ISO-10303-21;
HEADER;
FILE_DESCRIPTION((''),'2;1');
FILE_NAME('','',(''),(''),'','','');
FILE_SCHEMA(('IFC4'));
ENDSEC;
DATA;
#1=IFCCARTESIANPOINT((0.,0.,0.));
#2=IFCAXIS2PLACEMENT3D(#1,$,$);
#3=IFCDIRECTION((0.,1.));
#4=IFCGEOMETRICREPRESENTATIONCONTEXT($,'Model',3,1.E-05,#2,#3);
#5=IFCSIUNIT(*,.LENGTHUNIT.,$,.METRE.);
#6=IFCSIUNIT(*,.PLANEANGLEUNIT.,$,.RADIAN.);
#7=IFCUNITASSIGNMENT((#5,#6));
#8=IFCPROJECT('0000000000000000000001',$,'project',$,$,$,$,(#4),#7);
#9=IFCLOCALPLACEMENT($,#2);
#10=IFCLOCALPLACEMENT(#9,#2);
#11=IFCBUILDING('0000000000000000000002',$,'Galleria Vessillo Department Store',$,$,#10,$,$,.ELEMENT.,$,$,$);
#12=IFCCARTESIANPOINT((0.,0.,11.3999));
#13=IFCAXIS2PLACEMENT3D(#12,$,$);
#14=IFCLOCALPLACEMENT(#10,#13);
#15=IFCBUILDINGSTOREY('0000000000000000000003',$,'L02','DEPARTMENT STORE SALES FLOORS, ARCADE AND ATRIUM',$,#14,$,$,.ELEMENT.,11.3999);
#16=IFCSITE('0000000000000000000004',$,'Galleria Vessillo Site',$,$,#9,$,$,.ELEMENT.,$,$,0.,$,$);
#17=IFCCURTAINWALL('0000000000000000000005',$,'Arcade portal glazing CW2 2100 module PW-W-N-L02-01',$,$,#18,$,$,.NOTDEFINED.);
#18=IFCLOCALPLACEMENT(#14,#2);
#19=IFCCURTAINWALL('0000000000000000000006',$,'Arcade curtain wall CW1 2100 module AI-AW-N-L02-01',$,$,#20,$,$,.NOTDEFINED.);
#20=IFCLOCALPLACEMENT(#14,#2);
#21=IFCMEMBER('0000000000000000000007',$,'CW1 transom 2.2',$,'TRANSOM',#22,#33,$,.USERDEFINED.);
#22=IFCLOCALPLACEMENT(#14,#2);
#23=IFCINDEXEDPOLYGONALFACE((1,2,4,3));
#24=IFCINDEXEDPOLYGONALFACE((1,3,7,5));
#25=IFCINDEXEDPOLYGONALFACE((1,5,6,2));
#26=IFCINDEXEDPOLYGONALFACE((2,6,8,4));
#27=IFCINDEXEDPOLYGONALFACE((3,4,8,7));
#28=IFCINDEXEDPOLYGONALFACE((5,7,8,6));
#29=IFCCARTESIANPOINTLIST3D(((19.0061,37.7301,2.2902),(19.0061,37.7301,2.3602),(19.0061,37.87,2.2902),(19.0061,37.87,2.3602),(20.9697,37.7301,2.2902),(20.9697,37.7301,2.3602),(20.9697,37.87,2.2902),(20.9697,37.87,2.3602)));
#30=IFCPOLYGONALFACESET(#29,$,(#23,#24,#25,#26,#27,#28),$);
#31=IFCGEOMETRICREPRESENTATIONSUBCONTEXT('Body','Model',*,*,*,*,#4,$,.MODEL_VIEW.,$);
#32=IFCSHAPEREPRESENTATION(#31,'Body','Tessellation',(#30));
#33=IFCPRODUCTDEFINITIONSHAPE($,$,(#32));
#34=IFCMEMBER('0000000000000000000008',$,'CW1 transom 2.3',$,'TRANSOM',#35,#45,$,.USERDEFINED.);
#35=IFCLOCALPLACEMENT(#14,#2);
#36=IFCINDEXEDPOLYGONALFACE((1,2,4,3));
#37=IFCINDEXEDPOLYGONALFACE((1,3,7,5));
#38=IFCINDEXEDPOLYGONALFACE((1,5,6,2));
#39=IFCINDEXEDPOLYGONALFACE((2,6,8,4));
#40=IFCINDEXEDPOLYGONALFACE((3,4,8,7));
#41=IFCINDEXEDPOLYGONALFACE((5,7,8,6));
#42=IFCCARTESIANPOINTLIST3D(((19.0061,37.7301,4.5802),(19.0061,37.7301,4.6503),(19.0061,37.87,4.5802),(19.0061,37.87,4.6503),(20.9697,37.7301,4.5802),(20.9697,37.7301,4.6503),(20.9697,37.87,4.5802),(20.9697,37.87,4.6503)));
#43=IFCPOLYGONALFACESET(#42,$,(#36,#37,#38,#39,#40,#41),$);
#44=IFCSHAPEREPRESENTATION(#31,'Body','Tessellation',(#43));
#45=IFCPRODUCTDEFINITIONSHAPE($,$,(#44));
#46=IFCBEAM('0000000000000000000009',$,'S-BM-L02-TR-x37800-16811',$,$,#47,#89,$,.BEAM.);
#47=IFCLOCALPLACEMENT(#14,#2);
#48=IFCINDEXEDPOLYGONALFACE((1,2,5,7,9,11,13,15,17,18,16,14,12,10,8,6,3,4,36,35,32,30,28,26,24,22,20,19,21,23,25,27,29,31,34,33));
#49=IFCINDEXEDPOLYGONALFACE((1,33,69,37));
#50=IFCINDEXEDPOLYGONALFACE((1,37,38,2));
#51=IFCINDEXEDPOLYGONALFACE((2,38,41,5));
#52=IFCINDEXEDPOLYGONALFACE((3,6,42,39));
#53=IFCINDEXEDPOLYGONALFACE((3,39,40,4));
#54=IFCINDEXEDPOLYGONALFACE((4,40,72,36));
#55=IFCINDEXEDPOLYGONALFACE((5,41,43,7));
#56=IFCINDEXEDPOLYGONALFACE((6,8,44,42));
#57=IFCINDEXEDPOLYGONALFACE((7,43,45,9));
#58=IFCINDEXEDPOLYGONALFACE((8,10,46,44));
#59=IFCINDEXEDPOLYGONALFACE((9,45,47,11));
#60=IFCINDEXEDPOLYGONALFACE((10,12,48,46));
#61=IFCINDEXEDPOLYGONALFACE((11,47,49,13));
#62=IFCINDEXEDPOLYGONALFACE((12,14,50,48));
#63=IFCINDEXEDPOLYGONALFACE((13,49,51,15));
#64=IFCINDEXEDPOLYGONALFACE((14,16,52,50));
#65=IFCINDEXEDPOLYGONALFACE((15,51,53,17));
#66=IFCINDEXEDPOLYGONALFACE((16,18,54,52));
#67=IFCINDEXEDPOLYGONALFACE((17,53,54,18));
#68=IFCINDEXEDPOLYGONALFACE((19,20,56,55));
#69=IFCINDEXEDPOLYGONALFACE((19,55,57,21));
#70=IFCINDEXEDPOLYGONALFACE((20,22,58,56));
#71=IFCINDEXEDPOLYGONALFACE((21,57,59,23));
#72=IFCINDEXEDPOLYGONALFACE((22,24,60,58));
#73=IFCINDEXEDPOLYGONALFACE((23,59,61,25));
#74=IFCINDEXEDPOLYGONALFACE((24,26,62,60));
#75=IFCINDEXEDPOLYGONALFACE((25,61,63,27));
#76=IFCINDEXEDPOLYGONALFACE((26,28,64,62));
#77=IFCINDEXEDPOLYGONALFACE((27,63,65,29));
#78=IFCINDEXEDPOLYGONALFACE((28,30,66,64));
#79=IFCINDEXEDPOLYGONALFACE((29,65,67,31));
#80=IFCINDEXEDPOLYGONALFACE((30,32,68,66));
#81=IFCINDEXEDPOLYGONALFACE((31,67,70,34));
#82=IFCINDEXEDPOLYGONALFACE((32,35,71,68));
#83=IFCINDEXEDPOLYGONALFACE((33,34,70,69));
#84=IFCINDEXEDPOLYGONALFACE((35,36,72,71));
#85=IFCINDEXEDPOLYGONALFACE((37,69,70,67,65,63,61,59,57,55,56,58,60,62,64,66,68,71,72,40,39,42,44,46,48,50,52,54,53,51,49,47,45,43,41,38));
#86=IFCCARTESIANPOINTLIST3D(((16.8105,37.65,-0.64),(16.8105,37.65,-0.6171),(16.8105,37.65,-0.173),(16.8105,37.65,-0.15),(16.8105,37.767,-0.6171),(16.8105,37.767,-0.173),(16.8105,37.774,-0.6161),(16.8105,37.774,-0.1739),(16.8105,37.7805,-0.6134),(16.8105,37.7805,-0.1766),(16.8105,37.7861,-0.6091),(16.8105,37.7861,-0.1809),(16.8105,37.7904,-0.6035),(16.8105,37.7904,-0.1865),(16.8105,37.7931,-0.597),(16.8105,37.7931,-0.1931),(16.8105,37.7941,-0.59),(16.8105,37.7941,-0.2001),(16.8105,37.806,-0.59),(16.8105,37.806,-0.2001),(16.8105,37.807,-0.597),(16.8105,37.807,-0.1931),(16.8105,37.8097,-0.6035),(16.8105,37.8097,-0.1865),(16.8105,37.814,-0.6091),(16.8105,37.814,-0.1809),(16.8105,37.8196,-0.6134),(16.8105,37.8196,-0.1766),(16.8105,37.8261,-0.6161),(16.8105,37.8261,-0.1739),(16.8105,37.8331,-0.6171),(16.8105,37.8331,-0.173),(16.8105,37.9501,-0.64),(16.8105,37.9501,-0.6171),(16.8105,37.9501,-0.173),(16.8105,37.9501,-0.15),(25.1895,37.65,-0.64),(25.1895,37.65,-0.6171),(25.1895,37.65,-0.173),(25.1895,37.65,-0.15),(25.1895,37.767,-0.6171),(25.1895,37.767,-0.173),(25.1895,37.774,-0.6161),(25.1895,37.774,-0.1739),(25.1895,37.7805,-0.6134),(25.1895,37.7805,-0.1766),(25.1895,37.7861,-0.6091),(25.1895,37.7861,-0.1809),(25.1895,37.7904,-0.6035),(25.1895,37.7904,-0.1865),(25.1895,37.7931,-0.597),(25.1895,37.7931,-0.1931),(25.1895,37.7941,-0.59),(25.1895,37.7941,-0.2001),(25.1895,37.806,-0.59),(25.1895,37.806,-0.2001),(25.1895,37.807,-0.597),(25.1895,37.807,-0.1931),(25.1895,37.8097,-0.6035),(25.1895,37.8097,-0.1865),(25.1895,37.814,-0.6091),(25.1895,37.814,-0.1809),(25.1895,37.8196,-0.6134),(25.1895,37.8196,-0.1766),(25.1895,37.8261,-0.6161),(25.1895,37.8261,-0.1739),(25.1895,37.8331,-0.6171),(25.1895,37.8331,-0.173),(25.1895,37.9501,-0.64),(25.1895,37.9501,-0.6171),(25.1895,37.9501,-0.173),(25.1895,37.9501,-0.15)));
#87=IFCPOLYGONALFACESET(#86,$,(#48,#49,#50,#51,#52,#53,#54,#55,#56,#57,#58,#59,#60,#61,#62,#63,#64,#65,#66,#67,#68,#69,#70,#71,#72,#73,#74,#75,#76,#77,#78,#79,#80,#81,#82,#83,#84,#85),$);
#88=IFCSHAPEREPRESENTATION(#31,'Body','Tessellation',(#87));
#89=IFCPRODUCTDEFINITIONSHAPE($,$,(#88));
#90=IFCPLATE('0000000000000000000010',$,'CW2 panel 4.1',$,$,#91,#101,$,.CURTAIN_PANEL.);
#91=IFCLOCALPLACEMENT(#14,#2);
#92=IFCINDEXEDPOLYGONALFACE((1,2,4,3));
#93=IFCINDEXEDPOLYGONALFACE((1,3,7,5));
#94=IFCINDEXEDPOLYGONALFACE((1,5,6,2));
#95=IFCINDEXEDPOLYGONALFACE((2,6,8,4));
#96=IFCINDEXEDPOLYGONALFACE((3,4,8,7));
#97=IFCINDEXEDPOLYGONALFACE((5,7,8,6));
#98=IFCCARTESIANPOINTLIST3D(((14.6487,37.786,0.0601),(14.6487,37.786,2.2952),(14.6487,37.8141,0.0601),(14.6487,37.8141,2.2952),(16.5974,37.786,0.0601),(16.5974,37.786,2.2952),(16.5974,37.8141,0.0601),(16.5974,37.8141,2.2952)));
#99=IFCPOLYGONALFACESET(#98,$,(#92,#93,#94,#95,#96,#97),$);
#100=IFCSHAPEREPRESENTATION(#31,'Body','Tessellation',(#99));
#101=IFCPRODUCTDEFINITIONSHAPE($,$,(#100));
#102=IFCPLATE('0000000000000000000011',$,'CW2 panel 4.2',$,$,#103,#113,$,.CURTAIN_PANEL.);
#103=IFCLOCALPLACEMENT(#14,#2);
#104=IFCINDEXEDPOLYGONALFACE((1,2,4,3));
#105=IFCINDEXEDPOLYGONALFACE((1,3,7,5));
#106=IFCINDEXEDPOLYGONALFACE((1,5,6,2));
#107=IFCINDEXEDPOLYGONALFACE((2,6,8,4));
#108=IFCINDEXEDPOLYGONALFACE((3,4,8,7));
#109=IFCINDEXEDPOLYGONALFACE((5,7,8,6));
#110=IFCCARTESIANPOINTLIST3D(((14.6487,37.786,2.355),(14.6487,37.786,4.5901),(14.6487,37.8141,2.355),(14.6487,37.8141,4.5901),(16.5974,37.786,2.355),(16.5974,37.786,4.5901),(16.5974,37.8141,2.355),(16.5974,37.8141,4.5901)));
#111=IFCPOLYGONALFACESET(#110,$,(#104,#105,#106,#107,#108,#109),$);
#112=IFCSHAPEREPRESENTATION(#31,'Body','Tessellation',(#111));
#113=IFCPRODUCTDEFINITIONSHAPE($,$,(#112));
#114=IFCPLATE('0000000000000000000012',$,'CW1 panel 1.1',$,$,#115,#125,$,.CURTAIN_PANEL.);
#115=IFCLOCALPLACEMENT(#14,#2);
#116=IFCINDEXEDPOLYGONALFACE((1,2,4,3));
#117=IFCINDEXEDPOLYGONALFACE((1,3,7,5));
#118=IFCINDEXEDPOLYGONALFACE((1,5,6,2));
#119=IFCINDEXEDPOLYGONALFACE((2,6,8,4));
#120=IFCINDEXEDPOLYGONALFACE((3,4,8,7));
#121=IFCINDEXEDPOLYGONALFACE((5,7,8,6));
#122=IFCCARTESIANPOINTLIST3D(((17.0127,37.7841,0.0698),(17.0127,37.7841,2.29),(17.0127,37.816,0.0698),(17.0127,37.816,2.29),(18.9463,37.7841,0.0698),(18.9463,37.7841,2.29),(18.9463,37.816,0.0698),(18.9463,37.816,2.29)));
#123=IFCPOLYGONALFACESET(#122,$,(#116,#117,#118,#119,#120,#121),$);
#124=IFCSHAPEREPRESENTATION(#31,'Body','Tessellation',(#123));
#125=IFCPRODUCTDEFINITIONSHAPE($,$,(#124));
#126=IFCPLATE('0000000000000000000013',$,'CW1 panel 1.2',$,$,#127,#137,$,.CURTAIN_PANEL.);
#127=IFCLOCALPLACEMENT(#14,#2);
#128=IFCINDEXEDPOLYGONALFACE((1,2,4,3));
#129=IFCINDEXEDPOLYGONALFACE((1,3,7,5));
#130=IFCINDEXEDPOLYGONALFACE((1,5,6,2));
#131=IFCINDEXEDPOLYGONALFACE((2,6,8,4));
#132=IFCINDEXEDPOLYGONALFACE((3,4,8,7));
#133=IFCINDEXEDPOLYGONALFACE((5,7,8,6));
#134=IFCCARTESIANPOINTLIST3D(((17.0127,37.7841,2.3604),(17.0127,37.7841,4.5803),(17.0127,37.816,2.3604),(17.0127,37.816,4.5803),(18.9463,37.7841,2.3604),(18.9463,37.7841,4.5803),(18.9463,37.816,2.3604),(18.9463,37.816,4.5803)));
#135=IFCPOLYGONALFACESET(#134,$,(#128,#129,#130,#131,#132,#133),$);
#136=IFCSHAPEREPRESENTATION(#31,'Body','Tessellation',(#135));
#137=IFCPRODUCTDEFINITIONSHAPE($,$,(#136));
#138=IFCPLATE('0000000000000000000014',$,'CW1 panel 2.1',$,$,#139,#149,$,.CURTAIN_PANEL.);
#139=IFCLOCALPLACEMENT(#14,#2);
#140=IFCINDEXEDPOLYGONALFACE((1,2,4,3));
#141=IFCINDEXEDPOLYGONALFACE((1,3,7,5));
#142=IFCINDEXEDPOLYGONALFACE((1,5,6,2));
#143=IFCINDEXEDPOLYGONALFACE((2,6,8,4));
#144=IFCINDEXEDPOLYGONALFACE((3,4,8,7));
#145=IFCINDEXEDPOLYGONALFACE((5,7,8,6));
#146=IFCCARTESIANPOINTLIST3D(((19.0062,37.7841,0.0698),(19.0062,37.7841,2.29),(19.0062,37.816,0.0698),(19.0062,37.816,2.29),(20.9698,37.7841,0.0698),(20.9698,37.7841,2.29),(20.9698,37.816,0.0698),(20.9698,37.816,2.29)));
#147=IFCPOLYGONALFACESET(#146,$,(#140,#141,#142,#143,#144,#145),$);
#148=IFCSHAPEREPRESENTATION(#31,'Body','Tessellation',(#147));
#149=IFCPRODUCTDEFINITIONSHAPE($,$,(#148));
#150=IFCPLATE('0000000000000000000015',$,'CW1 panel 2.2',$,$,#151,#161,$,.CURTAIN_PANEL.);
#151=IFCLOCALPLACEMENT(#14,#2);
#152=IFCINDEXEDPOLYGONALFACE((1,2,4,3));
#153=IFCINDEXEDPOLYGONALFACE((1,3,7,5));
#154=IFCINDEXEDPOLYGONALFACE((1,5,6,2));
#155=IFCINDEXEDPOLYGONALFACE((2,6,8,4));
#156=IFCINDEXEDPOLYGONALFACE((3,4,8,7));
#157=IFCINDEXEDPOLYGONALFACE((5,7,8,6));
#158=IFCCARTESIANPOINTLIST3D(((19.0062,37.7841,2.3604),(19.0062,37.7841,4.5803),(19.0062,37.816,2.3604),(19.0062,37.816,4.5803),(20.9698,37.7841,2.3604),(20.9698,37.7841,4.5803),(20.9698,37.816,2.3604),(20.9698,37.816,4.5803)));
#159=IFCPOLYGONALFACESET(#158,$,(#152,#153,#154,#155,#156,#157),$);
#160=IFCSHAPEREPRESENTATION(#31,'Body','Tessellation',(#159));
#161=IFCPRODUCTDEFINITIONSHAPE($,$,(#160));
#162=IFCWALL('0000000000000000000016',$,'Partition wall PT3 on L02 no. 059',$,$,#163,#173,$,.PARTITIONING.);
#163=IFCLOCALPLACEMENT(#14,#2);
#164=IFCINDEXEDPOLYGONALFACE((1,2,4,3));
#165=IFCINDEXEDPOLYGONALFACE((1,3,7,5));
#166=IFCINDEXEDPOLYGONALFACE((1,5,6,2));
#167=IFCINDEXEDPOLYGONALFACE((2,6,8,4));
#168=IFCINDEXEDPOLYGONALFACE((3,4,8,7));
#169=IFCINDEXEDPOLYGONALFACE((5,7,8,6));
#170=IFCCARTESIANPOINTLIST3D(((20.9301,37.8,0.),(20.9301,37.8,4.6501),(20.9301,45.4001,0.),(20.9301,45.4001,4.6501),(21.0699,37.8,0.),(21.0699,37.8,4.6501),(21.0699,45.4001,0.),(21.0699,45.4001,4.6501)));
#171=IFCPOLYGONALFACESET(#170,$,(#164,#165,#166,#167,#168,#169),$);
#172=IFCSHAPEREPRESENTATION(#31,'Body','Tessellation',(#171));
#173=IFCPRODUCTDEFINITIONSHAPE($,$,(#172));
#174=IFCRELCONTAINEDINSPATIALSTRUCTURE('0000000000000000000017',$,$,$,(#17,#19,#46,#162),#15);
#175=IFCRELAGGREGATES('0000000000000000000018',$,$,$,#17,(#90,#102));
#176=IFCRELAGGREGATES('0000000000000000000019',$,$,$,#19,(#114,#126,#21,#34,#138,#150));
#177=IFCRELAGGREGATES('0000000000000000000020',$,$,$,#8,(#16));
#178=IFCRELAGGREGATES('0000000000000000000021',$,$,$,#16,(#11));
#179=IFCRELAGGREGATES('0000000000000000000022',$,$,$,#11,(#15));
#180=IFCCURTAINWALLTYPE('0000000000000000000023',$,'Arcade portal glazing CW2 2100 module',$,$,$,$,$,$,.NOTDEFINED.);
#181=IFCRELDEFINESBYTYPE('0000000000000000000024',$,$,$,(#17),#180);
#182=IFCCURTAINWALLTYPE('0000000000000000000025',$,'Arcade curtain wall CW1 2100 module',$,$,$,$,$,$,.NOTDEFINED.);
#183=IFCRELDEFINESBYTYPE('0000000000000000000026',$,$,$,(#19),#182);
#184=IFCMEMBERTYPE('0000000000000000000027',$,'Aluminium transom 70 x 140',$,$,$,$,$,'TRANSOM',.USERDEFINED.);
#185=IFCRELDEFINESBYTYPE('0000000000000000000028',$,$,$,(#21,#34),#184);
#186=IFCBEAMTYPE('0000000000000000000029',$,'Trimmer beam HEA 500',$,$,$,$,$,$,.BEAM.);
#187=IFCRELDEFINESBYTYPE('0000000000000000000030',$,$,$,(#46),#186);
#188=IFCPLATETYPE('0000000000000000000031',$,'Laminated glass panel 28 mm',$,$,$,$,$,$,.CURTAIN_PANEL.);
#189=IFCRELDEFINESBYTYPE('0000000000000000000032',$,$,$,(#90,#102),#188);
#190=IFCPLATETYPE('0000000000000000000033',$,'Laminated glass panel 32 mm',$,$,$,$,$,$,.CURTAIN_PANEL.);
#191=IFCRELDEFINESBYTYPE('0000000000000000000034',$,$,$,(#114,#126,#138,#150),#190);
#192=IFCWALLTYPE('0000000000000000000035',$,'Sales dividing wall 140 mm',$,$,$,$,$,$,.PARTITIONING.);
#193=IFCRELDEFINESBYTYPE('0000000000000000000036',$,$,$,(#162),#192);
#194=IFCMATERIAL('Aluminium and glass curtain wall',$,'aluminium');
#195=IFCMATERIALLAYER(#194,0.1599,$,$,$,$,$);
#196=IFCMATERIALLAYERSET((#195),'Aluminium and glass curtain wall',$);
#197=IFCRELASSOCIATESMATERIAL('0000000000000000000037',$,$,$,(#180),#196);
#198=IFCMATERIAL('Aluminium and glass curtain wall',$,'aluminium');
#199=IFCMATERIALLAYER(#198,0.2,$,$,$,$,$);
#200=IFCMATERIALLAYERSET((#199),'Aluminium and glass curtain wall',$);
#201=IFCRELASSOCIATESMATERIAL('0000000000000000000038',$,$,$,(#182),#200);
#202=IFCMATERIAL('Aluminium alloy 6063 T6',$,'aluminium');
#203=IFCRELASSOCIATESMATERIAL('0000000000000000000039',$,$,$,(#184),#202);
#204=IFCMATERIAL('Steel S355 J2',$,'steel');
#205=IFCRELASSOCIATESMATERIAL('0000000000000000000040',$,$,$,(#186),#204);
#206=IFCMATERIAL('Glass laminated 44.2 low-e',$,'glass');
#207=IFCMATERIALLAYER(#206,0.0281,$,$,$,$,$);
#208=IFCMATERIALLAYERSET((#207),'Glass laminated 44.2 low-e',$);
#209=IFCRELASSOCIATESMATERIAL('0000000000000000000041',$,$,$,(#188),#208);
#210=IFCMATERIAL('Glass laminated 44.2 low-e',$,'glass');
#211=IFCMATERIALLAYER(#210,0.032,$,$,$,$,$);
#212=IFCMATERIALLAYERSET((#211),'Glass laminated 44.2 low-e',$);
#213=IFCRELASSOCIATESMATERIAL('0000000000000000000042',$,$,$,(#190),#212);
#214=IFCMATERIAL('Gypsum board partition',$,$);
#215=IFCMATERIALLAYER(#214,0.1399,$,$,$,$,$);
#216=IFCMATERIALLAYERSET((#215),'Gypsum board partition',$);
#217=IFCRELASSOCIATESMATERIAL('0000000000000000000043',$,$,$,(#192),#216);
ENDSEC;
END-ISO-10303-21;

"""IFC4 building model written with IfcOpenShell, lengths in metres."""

from ifc_helpers import new_model, si_unit, direction, frame, frame_2d, origin, origin_2d, place, context, subcontext, project, spatial, rectangle, i_section, extrude, material, layer, layer_set, material_profile, profile_set, type_object, element, aggregate, save


model = new_model("IFC4")

# Units and contexts
model_context = context("Model", 3, precision=1e-05, world=origin(), true_north=direction((0.0, 1.0)))
body_context = subcontext(model_context, "Body", "Model", "MODEL_VIEW")
ifc_project = project(units=[si_unit("LENGTHUNIT", "METRE"), si_unit("PLANEANGLEUNIT", "RADIAN")], contexts=[model_context])

# Site, building, storey
site_placement = place(None, origin())
site = spatial("IfcSite", under=ifc_project, at=site_placement, Name="Galleria Vessillo Site", CompositionType="ELEMENT", RefElevation=0.0)
building_placement = place(site_placement, origin())
building = spatial("IfcBuilding", under=site, at=building_placement, Name="Galleria Vessillo Department Store", CompositionType="ELEMENT")
storey_placement = place(building_placement, frame((0.0, 0.0, 11.3999)))
storey = spatial("IfcBuildingStorey", under=building, at=storey_placement, Name="L02", Description="DEPARTMENT STORE SALES FLOORS, ARCADE AND ATRIUM", CompositionType="ELEMENT", Elevation=11.3999)

# Curtain wall
ifc_material_1 = material(Name="Aluminium and glass curtain wall", Category="aluminium")
ifc_layer_1 = layer(ifc_material_1, 0.1599)
ifc_layer_set_1 = layer_set([ifc_layer_1], Name="Aluminium and glass curtain wall")
curtain_wall_type_1 = type_object("IfcCurtainWallType", Name="Arcade portal glazing CW2 2100 module", PredefinedType="NOTDEFINED", material=ifc_layer_set_1)
curtain_wall_1_placement = place(storey_placement, origin())
curtain_wall_1 = element("IfcCurtainWall", 1, at=curtain_wall_1_placement, inside=storey, type_object=curtain_wall_type_1, Name="Arcade portal glazing CW2 2100 module PW-W-N-L02-01", PredefinedType="NOTDEFINED")

# Curtain wall
ifc_material_2 = material(Name="Aluminium and glass curtain wall", Category="aluminium")
ifc_layer_2 = layer(ifc_material_2, 0.2)
ifc_layer_set_2 = layer_set([ifc_layer_2], Name="Aluminium and glass curtain wall")
curtain_wall_type_2 = type_object("IfcCurtainWallType", Name="Arcade curtain wall CW1 2100 module", PredefinedType="NOTDEFINED", material=ifc_layer_set_2)
curtain_wall_2_placement = place(storey_placement, origin())
curtain_wall_2 = element("IfcCurtainWall", 2, at=curtain_wall_2_placement, inside=storey, type_object=curtain_wall_type_2, Name="Arcade curtain wall CW1 2100 module AI-AW-N-L02-01", PredefinedType="NOTDEFINED")

# Members
ifc_material_3 = material(Name="Aluminium alloy 6063 T6", Category="aluminium")
ifc_material_profile_1 = material_profile(ifc_material_3, rectangle(XDim=0.1399, YDim=0.0701, at=origin_2d()), Name="AL 70x140")
ifc_profile_set_1 = profile_set([ifc_material_profile_1], Name="Aluminium alloy 6063 T6")
member_type_1 = type_object("IfcMemberType", Name="Aluminium transom 70 x 140", ElementType="TRANSOM", PredefinedType="USERDEFINED", material=ifc_profile_set_1)
member_1_placement = place(storey_placement, frame((19.0061, 37.8, 2.3252), z_axis=(1.0, 0.0, 0.0), x_axis=(0.0, 1.0, 0.0)))
member_1 = element("IfcMember", 3, at=member_1_placement, type_object=member_type_1, Name="CW1 transom 2.2", ObjectType="TRANSOM", PredefinedType="USERDEFINED", context=body_context, shape_type="SweptSolid", body=[
    extrude(rectangle(XDim=0.1399, YDim=0.0701, at=origin_2d()), origin(), (0.0, 0.0, 1.0), 1.9636),
])
member_2_placement = place(storey_placement, frame((19.0061, 37.8, 4.6152), z_axis=(1.0, 0.0, 0.0), x_axis=(0.0, 1.0, 0.0)))
member_2 = element("IfcMember", 4, at=member_2_placement, type_object=member_type_1, Name="CW1 transom 2.3", ObjectType="TRANSOM", PredefinedType="USERDEFINED", context=body_context, shape_type="SweptSolid", body=[
    extrude(rectangle(XDim=0.1399, YDim=0.0701, at=origin_2d()), origin(), (0.0, 0.0, 1.0), 1.9636),
])

# Beam
ifc_material_4 = material(Name="Steel S355 J2", Category="steel")
ifc_material_profile_2 = material_profile(ifc_material_4, i_section(OverallWidth=0.3, OverallDepth=0.49, WebThickness=0.012, FlangeThickness=0.0229, FilletRadius=0.0271, at=origin_2d()), Name="HEA 500")
ifc_profile_set_2 = profile_set([ifc_material_profile_2], Name="Steel S355 J2")
beam_type = type_object("IfcBeamType", Name="Trimmer beam HEA 500", PredefinedType="BEAM", material=ifc_profile_set_2)
beam_placement = place(storey_placement, frame((16.8105, 37.8, -0.395), z_axis=(1.0, 0.0, 0.0), x_axis=(0.0, 1.0, 0.0)))
element("IfcBeam", 5, at=beam_placement, inside=storey, type_object=beam_type, Name="S-BM-L02-TR-x37800-16811", PredefinedType="BEAM", context=body_context, shape_type="SweptSolid", body=[
    extrude(i_section(OverallWidth=0.3, OverallDepth=0.49, WebThickness=0.012, FlangeThickness=0.0229, FilletRadius=0.0271, at=origin_2d()), origin(), (0.0, 0.0, 1.0), 8.3789),
])

# Plates
ifc_material_5 = material(Name="Glass laminated 44.2 low-e", Category="glass")
ifc_layer_3 = layer(ifc_material_5, 0.0281)
ifc_layer_set_3 = layer_set([ifc_layer_3], Name="Glass laminated 44.2 low-e")
plate_type_1 = type_object("IfcPlateType", Name="Laminated glass panel 28 mm", PredefinedType="CURTAIN_PANEL", material=ifc_layer_set_3)
plate_1_placement = place(storey_placement, frame((15.623, 37.8, 0.0601), z_axis=(0.0, 0.0, 1.0), x_axis=(1.0, 0.0, 0.0)))
plate_1 = element("IfcPlate", 6, at=plate_1_placement, type_object=plate_type_1, Name="CW2 panel 4.1", PredefinedType="CURTAIN_PANEL", context=body_context, shape_type="SweptSolid", body=[
    extrude(rectangle(XDim=1.9487, YDim=0.0281, at=origin_2d()), origin(), (0.0, 0.0, 1.0), 2.2351),
])
plate_2_placement = place(storey_placement, frame((15.623, 37.8, 2.355), z_axis=(0.0, 0.0, 1.0), x_axis=(1.0, 0.0, 0.0)))
plate_2 = element("IfcPlate", 7, at=plate_2_placement, type_object=plate_type_1, Name="CW2 panel 4.2", PredefinedType="CURTAIN_PANEL", context=body_context, shape_type="SweptSolid", body=[
    extrude(rectangle(XDim=1.9487, YDim=0.0281, at=origin_2d()), origin(), (0.0, 0.0, 1.0), 2.2351),
])
aggregate(curtain_wall_1, [plate_1, plate_2])
ifc_material_6 = material(Name="Glass laminated 44.2 low-e", Category="glass")
ifc_layer_4 = layer(ifc_material_6, 0.032)
ifc_layer_set_4 = layer_set([ifc_layer_4], Name="Glass laminated 44.2 low-e")
plate_type_2 = type_object("IfcPlateType", Name="Laminated glass panel 32 mm", PredefinedType="CURTAIN_PANEL", material=ifc_layer_set_4)
plate_3_placement = place(storey_placement, frame((17.9795, 37.8, 0.0698), z_axis=(0.0, 0.0, 1.0), x_axis=(1.0, 0.0, 0.0)))
plate_3 = element("IfcPlate", 8, at=plate_3_placement, type_object=plate_type_2, Name="CW1 panel 1.1", PredefinedType="CURTAIN_PANEL", context=body_context, shape_type="SweptSolid", body=[
    extrude(rectangle(XDim=1.9336, YDim=0.032, at=origin_2d()), origin(), (0.0, 0.0, 1.0), 2.2202),
])
plate_4_placement = place(storey_placement, frame((17.9795, 37.8, 2.3604), z_axis=(0.0, 0.0, 1.0), x_axis=(1.0, 0.0, 0.0)))
plate_4 = element("IfcPlate", 9, at=plate_4_placement, type_object=plate_type_2, Name="CW1 panel 1.2", PredefinedType="CURTAIN_PANEL", context=body_context, shape_type="SweptSolid", body=[
    extrude(rectangle(XDim=1.9336, YDim=0.032, at=origin_2d()), origin(), (0.0, 0.0, 1.0), 2.22),
])
plate_5_placement = place(storey_placement, frame((19.988, 37.8, 0.0698), z_axis=(0.0, 0.0, 1.0), x_axis=(1.0, 0.0, 0.0)))
plate_5 = element("IfcPlate", 10, at=plate_5_placement, type_object=plate_type_2, Name="CW1 panel 2.1", PredefinedType="CURTAIN_PANEL", context=body_context, shape_type="SweptSolid", body=[
    extrude(rectangle(XDim=1.9636, YDim=0.032, at=origin_2d()), origin(), (0.0, 0.0, 1.0), 2.2202),
])
plate_6_placement = place(storey_placement, frame((19.988, 37.8, 2.3604), z_axis=(0.0, 0.0, 1.0), x_axis=(1.0, 0.0, 0.0)))
plate_6 = element("IfcPlate", 11, at=plate_6_placement, type_object=plate_type_2, Name="CW1 panel 2.2", PredefinedType="CURTAIN_PANEL", context=body_context, shape_type="SweptSolid", body=[
    extrude(rectangle(XDim=1.9636, YDim=0.032, at=origin_2d()), origin(), (0.0, 0.0, 1.0), 2.22),
])
aggregate(curtain_wall_2, [plate_3, plate_4, member_1, member_2, plate_5, plate_6])

# Wall
ifc_material_7 = material(Name="Gypsum board partition")
ifc_layer_5 = layer(ifc_material_7, 0.1399)
ifc_layer_set_5 = layer_set([ifc_layer_5], Name="Gypsum board partition")
wall_type = type_object("IfcWallType", Name="Sales dividing wall 140 mm", PredefinedType="PARTITIONING", material=ifc_layer_set_5)
wall_placement = place(storey_placement, frame((21.0, 37.8, 0.0), z_axis=(0.0, 0.0, 1.0), x_axis=(0.0, 1.0, 0.0)))
element("IfcWall", 12, at=wall_placement, inside=storey, type_object=wall_type, Name="Partition wall PT3 on L02 no. 059", PredefinedType="PARTITIONING", context=body_context, shape_type="SweptSolid", body=[
    extrude(rectangle(XDim=7.6001, YDim=0.1399, at=frame_2d((3.8, 0.0))), origin(), (0.0, 0.0, 1.0), 4.6501),
])

save(model, "model.ifc")
